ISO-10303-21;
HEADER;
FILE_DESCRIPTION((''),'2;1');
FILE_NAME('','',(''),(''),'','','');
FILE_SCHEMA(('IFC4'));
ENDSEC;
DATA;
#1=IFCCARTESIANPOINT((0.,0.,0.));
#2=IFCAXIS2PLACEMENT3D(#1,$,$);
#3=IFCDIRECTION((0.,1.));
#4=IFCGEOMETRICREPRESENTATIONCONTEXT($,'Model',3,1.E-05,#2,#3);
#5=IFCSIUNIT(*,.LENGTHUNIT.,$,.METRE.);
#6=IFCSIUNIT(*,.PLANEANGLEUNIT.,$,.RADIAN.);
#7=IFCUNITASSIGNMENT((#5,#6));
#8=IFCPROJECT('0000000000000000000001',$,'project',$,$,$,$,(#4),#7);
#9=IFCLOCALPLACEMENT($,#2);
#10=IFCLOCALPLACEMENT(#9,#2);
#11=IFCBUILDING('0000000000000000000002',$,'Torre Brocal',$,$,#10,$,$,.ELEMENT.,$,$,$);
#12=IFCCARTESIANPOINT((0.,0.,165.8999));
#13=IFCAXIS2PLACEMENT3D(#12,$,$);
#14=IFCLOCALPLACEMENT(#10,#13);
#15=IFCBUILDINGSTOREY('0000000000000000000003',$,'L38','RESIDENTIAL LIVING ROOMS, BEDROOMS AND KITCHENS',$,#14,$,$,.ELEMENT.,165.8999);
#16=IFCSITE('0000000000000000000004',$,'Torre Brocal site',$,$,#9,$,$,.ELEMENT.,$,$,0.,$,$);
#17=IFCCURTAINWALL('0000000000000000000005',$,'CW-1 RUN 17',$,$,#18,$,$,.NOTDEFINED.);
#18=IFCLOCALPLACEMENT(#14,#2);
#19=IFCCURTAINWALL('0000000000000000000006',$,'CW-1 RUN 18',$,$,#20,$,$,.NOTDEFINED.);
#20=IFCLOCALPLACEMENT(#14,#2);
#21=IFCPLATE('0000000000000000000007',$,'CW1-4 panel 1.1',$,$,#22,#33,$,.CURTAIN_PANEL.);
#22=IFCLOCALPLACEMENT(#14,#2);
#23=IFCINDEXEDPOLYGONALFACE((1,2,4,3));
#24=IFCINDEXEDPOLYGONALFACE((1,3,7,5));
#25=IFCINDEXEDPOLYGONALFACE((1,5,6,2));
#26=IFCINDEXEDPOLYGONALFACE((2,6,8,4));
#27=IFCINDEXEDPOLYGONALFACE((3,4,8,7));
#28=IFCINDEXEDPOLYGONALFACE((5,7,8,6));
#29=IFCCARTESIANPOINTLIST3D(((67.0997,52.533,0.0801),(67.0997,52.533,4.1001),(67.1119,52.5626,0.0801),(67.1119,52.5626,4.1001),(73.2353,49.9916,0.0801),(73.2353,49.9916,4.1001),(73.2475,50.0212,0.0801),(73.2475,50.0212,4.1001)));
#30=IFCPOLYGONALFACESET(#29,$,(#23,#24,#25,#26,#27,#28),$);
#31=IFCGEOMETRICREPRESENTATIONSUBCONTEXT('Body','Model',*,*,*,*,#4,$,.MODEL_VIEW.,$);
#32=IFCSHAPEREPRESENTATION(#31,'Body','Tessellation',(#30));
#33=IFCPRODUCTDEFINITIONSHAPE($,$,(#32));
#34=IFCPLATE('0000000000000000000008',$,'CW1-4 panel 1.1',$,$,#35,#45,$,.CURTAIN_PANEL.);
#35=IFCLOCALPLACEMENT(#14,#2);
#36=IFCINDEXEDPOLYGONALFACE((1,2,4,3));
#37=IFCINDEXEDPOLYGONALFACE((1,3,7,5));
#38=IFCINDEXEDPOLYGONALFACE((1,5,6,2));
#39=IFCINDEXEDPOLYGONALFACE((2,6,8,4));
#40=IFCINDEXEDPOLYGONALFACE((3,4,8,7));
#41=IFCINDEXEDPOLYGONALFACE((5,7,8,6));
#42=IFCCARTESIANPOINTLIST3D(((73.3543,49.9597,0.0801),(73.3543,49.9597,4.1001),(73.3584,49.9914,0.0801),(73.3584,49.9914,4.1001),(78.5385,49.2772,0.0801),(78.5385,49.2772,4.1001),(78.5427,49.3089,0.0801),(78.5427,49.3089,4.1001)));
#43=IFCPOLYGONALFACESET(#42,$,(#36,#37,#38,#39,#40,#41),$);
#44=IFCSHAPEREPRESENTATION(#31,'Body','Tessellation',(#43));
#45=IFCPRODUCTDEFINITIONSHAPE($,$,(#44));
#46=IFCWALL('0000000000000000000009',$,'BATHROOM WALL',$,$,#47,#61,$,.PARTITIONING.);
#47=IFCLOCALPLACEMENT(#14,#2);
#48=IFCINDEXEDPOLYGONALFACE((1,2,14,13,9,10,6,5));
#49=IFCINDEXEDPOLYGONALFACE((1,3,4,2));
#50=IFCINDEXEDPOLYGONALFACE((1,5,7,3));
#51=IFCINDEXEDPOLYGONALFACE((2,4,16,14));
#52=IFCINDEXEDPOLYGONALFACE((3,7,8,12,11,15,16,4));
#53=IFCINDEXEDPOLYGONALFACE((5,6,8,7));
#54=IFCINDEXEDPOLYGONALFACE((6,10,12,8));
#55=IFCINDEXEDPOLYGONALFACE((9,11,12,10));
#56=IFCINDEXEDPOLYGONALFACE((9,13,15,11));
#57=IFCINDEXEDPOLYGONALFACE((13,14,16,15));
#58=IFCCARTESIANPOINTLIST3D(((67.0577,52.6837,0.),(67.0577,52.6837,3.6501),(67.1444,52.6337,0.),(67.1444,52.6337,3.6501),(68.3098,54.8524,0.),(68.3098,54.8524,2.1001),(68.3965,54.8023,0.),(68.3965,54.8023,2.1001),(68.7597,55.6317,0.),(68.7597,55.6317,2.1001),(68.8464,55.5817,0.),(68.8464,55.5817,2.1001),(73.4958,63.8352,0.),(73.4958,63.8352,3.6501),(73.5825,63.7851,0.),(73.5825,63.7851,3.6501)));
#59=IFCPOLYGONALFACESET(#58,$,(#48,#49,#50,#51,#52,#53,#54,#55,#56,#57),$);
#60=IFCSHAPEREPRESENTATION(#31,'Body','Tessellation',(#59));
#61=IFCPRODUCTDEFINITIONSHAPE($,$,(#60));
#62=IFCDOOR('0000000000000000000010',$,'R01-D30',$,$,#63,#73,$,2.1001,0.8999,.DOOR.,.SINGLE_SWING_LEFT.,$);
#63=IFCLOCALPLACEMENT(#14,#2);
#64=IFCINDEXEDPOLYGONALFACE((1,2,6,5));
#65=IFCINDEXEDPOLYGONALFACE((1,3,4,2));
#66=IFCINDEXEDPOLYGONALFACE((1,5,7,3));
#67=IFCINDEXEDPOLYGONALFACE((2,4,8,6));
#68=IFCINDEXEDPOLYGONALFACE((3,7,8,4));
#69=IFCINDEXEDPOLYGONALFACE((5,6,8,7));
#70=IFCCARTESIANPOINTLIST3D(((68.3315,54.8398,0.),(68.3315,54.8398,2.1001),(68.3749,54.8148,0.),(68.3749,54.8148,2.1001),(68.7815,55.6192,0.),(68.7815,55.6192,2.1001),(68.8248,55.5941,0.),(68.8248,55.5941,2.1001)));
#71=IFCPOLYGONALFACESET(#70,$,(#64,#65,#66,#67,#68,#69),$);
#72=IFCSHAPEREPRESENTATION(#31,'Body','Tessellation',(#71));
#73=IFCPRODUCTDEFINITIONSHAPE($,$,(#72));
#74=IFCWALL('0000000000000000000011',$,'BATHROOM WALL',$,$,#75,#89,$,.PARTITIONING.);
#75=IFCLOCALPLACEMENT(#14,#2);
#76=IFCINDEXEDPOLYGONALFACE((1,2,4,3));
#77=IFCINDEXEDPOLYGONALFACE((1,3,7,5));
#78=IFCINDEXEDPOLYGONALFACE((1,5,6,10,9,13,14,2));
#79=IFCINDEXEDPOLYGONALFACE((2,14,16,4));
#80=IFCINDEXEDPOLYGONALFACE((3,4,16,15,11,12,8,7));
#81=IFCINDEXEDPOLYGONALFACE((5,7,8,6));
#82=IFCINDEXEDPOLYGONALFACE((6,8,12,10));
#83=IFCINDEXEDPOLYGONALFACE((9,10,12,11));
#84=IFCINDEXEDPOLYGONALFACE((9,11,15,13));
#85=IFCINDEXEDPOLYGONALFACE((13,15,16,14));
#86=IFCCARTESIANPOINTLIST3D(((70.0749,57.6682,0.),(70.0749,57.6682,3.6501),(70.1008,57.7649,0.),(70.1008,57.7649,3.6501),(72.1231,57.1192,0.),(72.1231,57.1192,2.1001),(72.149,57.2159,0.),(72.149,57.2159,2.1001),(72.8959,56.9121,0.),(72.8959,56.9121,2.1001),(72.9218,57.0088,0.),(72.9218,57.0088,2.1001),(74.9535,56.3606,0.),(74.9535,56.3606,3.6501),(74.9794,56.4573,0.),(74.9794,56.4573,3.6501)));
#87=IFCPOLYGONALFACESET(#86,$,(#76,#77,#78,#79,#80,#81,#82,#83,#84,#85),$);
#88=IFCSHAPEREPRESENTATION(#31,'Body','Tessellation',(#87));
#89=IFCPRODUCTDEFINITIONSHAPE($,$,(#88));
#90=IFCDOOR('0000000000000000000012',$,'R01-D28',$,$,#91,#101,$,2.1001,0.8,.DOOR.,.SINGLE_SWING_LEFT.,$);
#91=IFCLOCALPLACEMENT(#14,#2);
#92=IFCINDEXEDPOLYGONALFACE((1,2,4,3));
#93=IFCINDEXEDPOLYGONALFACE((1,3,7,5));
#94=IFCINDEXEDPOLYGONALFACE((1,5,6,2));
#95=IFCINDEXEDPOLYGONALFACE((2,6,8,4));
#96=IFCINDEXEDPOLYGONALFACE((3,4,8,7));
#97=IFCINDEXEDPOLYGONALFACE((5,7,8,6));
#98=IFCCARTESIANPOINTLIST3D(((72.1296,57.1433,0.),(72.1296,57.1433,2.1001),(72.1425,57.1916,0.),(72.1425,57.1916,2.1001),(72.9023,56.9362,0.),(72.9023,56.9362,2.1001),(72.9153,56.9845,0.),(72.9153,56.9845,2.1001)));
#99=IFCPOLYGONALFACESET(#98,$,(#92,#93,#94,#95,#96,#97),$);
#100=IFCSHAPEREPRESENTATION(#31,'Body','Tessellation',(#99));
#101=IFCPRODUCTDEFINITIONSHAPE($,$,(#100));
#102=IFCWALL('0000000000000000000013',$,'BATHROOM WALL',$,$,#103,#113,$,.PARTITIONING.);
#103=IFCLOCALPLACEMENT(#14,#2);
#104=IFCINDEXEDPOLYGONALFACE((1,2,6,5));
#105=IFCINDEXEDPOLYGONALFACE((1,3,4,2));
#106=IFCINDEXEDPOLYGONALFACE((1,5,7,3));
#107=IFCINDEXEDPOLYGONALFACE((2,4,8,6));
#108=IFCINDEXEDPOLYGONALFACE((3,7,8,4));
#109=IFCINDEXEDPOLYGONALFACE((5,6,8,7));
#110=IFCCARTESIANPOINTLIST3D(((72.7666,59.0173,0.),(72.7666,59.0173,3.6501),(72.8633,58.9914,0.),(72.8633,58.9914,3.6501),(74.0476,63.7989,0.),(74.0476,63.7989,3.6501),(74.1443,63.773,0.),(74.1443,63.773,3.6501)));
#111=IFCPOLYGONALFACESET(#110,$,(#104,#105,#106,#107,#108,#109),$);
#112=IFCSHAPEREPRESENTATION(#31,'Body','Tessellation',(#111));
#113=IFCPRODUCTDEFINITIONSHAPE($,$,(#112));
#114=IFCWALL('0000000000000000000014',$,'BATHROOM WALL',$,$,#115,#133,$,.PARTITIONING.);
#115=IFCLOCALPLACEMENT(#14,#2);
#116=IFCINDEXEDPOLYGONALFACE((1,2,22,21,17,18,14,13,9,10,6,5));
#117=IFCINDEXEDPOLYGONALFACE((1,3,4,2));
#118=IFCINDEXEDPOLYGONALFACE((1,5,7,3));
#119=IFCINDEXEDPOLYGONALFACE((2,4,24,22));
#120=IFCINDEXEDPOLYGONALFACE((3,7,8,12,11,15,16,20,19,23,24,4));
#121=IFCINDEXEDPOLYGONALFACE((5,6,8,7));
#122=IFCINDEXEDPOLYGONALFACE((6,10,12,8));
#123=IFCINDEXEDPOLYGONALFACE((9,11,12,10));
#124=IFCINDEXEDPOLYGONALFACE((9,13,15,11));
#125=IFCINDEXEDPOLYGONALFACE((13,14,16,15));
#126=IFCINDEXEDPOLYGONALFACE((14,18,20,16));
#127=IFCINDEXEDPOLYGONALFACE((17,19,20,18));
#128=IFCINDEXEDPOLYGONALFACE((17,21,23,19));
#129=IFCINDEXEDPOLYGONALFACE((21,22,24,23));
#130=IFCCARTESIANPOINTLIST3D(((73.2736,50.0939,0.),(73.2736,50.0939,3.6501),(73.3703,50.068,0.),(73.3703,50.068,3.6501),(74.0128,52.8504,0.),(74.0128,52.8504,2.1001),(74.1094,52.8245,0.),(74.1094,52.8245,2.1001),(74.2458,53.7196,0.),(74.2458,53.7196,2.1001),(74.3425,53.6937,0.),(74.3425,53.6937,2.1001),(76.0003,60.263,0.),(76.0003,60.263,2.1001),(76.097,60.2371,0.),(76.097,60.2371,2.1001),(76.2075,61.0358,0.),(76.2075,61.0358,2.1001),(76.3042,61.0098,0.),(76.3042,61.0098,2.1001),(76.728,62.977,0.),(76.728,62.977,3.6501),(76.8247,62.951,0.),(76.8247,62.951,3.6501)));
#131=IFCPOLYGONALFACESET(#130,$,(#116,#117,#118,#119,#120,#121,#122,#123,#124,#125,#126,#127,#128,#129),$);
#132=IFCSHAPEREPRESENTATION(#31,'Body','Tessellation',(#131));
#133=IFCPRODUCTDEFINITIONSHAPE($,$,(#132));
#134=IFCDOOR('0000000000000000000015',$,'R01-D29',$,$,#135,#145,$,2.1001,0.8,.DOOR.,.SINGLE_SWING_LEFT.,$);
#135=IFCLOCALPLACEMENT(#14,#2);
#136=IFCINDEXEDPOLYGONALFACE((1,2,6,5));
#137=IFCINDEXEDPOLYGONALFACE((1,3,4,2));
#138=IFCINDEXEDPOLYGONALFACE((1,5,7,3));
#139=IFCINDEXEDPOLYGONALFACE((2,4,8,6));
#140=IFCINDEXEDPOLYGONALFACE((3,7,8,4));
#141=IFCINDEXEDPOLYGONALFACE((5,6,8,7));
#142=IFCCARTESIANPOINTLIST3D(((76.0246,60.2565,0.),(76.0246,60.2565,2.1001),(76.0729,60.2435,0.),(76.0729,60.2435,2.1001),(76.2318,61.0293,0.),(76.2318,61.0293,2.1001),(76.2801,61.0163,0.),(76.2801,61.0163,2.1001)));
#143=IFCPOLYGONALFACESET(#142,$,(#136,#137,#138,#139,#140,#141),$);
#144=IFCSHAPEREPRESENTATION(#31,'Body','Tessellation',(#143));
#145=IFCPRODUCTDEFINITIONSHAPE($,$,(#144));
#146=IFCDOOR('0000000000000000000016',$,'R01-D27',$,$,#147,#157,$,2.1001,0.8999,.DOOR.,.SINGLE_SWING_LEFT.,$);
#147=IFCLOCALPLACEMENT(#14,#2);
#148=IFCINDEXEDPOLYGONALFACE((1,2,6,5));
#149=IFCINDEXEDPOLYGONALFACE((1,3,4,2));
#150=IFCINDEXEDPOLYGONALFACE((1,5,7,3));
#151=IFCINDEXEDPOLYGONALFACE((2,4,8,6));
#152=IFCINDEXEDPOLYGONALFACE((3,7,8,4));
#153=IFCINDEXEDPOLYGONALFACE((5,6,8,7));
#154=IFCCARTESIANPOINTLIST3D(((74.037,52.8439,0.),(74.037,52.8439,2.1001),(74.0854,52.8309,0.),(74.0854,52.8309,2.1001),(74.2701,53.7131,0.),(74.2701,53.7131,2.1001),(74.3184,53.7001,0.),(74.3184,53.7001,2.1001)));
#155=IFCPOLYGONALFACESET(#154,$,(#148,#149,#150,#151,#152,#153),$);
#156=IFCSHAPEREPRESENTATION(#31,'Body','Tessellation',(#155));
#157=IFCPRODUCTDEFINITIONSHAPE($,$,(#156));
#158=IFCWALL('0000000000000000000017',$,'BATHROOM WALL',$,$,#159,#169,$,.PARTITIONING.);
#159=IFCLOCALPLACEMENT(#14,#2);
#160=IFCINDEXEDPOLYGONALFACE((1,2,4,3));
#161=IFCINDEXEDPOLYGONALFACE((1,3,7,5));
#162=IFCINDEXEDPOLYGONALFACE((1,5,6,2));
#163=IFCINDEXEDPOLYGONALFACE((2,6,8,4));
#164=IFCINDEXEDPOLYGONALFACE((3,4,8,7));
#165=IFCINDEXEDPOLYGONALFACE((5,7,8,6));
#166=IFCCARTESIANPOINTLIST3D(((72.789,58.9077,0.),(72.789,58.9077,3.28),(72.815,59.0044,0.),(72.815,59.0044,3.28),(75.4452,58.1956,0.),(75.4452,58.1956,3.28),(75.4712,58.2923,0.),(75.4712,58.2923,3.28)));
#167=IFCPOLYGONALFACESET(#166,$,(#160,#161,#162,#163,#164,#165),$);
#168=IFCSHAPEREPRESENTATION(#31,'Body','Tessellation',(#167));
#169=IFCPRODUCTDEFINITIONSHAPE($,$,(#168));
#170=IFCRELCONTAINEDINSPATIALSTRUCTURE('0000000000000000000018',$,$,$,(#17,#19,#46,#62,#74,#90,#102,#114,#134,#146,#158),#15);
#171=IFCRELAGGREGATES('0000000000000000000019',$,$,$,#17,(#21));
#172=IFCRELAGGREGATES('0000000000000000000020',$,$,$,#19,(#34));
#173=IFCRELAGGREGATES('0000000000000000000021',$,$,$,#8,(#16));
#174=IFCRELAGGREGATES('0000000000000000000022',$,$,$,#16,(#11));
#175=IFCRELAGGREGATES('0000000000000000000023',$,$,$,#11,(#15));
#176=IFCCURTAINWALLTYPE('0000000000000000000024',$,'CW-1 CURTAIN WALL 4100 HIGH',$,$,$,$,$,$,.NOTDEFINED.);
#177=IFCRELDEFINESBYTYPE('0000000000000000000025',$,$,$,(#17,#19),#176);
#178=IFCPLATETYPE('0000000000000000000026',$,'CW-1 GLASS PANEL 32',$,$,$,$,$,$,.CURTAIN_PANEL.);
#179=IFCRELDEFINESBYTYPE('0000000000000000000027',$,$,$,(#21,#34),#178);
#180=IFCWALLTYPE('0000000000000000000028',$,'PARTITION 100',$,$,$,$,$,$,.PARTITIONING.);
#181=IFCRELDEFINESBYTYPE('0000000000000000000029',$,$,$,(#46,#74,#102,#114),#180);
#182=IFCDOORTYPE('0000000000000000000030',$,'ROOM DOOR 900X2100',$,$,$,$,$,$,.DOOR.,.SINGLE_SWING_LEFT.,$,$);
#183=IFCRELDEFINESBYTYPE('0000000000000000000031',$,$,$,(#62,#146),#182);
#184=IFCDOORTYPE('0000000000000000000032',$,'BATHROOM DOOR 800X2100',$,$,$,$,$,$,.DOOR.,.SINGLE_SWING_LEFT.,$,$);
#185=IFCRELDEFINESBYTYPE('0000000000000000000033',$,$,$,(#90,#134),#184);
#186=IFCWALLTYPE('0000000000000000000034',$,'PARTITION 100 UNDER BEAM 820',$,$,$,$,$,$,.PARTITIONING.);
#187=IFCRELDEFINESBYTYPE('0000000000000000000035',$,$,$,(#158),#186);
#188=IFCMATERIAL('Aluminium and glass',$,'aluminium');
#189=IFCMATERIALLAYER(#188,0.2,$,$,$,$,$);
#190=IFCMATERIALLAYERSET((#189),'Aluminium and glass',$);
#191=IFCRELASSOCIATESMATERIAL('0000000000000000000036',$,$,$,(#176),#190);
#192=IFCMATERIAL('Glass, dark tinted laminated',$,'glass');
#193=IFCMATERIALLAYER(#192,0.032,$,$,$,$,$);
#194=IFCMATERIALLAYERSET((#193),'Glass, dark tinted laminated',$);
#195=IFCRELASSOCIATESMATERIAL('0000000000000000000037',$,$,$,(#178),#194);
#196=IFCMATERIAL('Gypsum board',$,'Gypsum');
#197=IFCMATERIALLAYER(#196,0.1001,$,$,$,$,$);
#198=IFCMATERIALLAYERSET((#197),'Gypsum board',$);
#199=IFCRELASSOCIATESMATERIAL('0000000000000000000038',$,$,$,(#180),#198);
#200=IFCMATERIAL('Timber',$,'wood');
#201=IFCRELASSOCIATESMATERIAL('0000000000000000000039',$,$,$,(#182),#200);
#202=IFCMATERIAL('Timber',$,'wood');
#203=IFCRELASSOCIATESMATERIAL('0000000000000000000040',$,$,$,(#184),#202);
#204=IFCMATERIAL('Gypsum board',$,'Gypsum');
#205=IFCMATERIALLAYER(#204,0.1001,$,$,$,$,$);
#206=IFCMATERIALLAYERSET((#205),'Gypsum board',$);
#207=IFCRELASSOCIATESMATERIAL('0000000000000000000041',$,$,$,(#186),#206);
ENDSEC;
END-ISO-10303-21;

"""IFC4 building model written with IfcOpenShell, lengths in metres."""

from ifc_helpers import new_model, si_unit, direction, frame, frame_2d, origin, origin_2d, place, context, subcontext, project, spatial, rectangle, extrude, material, layer, layer_set, type_object, element, fill, aggregate, save


model = new_model("IFC4")

# Units and contexts
model_context = context("Model", 3, precision=1e-05, world=origin(), true_north=direction((0.0, 1.0)))
body_context = subcontext(model_context, "Body", "Model", "MODEL_VIEW")
ifc_project = project(units=[si_unit("LENGTHUNIT", "METRE"), si_unit("PLANEANGLEUNIT", "RADIAN")], contexts=[model_context])

# Site, building, storey
site_placement = place(None, origin())
site = spatial("IfcSite", under=ifc_project, at=site_placement, Name="Torre Brocal site", CompositionType="ELEMENT", RefElevation=0.0)
building_placement = place(site_placement, origin())
building = spatial("IfcBuilding", under=site, at=building_placement, Name="Torre Brocal", CompositionType="ELEMENT")
storey_placement = place(building_placement, frame((0.0, 0.0, 165.8999)))
storey = spatial("IfcBuildingStorey", under=building, at=storey_placement, Name="L38", Description="RESIDENTIAL LIVING ROOMS, BEDROOMS AND KITCHENS", CompositionType="ELEMENT", Elevation=165.8999)

# Shared definitions
ifc_material_1 = material(Name="Aluminium and glass", Category="aluminium")
ifc_layer_1 = layer(ifc_material_1, 0.2)
ifc_layer_set_1 = layer_set([ifc_layer_1], Name="Aluminium and glass")
curtain_wall_type = type_object("IfcCurtainWallType", Name="CW-1 CURTAIN WALL 4100 HIGH", PredefinedType="NOTDEFINED", material=ifc_layer_set_1)

# Curtain walls
curtain_wall_1_placement = place(storey_placement, origin())
curtain_wall_1 = element("IfcCurtainWall", 1, at=curtain_wall_1_placement, inside=storey, type_object=curtain_wall_type, Name="CW-1 RUN 17", PredefinedType="NOTDEFINED")
curtain_wall_2_placement = place(storey_placement, origin())
curtain_wall_2 = element("IfcCurtainWall", 2, at=curtain_wall_2_placement, inside=storey, type_object=curtain_wall_type, Name="CW-1 RUN 18", PredefinedType="NOTDEFINED")

# Plates
ifc_material_2 = material(Name="Glass, dark tinted laminated", Category="glass")
ifc_layer_2 = layer(ifc_material_2, 0.032)
ifc_layer_set_2 = layer_set([ifc_layer_2], Name="Glass, dark tinted laminated")
plate_type = type_object("IfcPlateType", Name="CW-1 GLASS PANEL 32", PredefinedType="CURTAIN_PANEL", material=ifc_layer_set_2)
plate_1_placement = place(storey_placement, frame((70.1736, 51.2771, 0.0801), z_axis=(0.0, 0.0, 1.0), x_axis=(0.92388, -0.382683, 0.0)))
plate_1 = element("IfcPlate", 3, at=plate_1_placement, type_object=plate_type, Name="CW1-4 panel 1.1", PredefinedType="CURTAIN_PANEL", context=body_context, shape_type="SweptSolid", body=[
    extrude(rectangle(XDim=6.6411, YDim=0.032, at=origin_2d()), origin(), (0.0, 0.0, 1.0), 4.02),
])
aggregate(curtain_wall_1, [plate_1])
plate_2_placement = place(storey_placement, frame((75.9485, 49.6343, 0.0801), z_axis=(0.0, 0.0, 1.0), x_axis=(0.991445, -0.130526, 0.0)))
plate_2 = element("IfcPlate", 4, at=plate_2_placement, type_object=plate_type, Name="CW1-4 panel 1.1", PredefinedType="CURTAIN_PANEL", context=body_context, shape_type="SweptSolid", body=[
    extrude(rectangle(XDim=5.229, YDim=0.032, at=origin_2d()), origin(), (0.0, 0.0, 1.0), 4.02),
])
aggregate(curtain_wall_2, [plate_2])

# Walls, openings, doors
ifc_material_3 = material(Name="Gypsum board", Category="Gypsum")
ifc_layer_3 = layer(ifc_material_3, 0.1001)
ifc_layer_set_3 = layer_set([ifc_layer_3], Name="Gypsum board")
wall_type_1 = type_object("IfcWallType", Name="PARTITION 100", PredefinedType="PARTITIONING", material=ifc_layer_set_3)
wall_1_placement = place(storey_placement, frame((67.1011, 52.6587, 0.0), z_axis=(0.0, 0.0, 1.0), x_axis=(0.499985, 0.866034, 0.0)))
wall_1 = element("IfcWall", 5, at=wall_1_placement, inside=storey, type_object=wall_type_1, Name="BATHROOM WALL", PredefinedType="PARTITIONING", context=body_context, shape_type="SweptSolid", body=[
    extrude(rectangle(XDim=12.8765, YDim=0.1001, at=frame_2d((6.4382, 0.0))), origin(), (0.0, 0.0, 1.0), 3.6501),
])
opening_1_placement = place(wall_1_placement, frame((2.5042, 0.0, 0.0)))
opening_1 = element("IfcOpeningElement", 6, at=opening_1_placement, cuts=wall_1, PredefinedType="OPENING", context=body_context, shape_type="SweptSolid", body=[
    extrude(rectangle(XDim=0.8999, YDim=2.1001, at=frame_2d((0.45, 1.05))), frame((0.0, 0.0601, 0.0), z_axis=(0.0, -1.0, 0.0), x_axis=(1.0, 0.0, 0.0)), (0.0, 0.0, 1.0), 0.1201),
])
ifc_material_4 = material(Name="Timber", Category="wood")
door_type_1 = type_object("IfcDoorType", Name="ROOM DOOR 900X2100", OperationType="SINGLE_SWING_LEFT", PredefinedType="DOOR", material=ifc_material_4)
door_1_placement = place(opening_1_placement, origin())
door_1 = element("IfcDoor", 7, at=door_1_placement, inside=storey, type_object=door_type_1, Name="R01-D30", OperationType="SINGLE_SWING_LEFT", OverallHeight=2.1001, OverallWidth=0.8999, PredefinedType="DOOR", context=body_context, shape_type="SweptSolid", body=[
    extrude(rectangle(XDim=0.8999, YDim=2.1001, at=frame_2d((0.45, 1.05))), frame((0.0, 0.0249, 0.0), z_axis=(0.0, -1.0, 0.0), x_axis=(1.0, 0.0, 0.0)), (0.0, 0.0, 1.0), 0.05),
])
fill(opening_1, door_1)
wall_2_placement = place(storey_placement, frame((70.0879, 57.7166, 0.0), z_axis=(0.0, 0.0, 1.0), x_axis=(0.965907, -0.25889, 0.0)))
wall_2 = element("IfcWall", 8, at=wall_2_placement, inside=storey, type_object=wall_type_1, Name="BATHROOM WALL", PredefinedType="PARTITIONING", context=body_context, shape_type="SweptSolid", body=[
    extrude(rectangle(XDim=5.0508, YDim=0.1001, at=frame_2d((2.5254, 0.0))), origin(), (0.0, 0.0, 1.0), 3.6501),
])
opening_2_placement = place(wall_2_placement, frame((2.1206, 0.0, 0.0)))
opening_2 = element("IfcOpeningElement", 9, at=opening_2_placement, cuts=wall_2, PredefinedType="OPENING", context=body_context, shape_type="SweptSolid", body=[
    extrude(rectangle(XDim=0.8, YDim=2.1001, at=frame_2d((0.3999, 1.05))), frame((0.0, 0.0601, 0.0), z_axis=(0.0, -1.0, 0.0), x_axis=(1.0, 0.0, 0.0)), (0.0, 0.0, 1.0), 0.1201),
])
ifc_material_5 = material(Name="Timber", Category="wood")
door_type_2 = type_object("IfcDoorType", Name="BATHROOM DOOR 800X2100", OperationType="SINGLE_SWING_LEFT", PredefinedType="DOOR", material=ifc_material_5)
door_2_placement = place(opening_2_placement, origin())
door_2 = element("IfcDoor", 10, at=door_2_placement, inside=storey, type_object=door_type_2, Name="R01-D28", OperationType="SINGLE_SWING_LEFT", OverallHeight=2.1001, OverallWidth=0.8, PredefinedType="DOOR", context=body_context, shape_type="SweptSolid", body=[
    extrude(rectangle(XDim=0.8, YDim=2.1001, at=frame_2d((0.3999, 1.05))), frame((0.0, 0.0249, 0.0), z_axis=(0.0, -1.0, 0.0), x_axis=(1.0, 0.0, 0.0)), (0.0, 0.0, 1.0), 0.05),
])
fill(opening_2, door_2)

# Wall
wall_3_placement = place(storey_placement, frame((72.8149, 59.0044, 0.0), z_axis=(0.0, 0.0, 1.0), x_axis=(0.258783, 0.965936, 0.0)))
element("IfcWall", 11, at=wall_3_placement, inside=storey, type_object=wall_type_1, Name="BATHROOM WALL", PredefinedType="PARTITIONING", context=body_context, shape_type="SweptSolid", body=[
    extrude(rectangle(XDim=4.9502, YDim=0.1001, at=frame_2d((2.4751, 0.0))), origin(), (0.0, 0.0, 1.0), 3.6501),
])

# Wall, openings, doors
wall_4_placement = place(storey_placement, frame((73.322, 50.0811, 0.0), z_axis=(0.0, 0.0, 1.0), x_axis=(0.258983, 0.965882, 0.0)))
wall_4 = element("IfcWall", 12, at=wall_4_placement, inside=storey, type_object=wall_type_1, Name="BATHROOM WALL", PredefinedType="PARTITIONING", context=body_context, shape_type="SweptSolid", body=[
    extrude(rectangle(XDim=13.3381, YDim=0.1001, at=frame_2d((6.6689, 0.0))), origin(), (0.0, 0.0, 1.0), 3.6501),
])
opening_3_placement = place(wall_4_placement, frame((2.8538, 0.0, 0.0)))
opening_3 = element("IfcOpeningElement", 13, at=opening_3_placement, cuts=wall_4, PredefinedType="OPENING", context=body_context, shape_type="SweptSolid", body=[
    extrude(rectangle(XDim=0.8999, YDim=2.1001, at=frame_2d((0.45, 1.05))), frame((0.0, 0.0601, 0.0), z_axis=(0.0, -1.0, 0.0), x_axis=(1.0, 0.0, 0.0)), (0.0, 0.0, 1.0), 0.1201),
])
opening_4_placement = place(wall_4_placement, frame((10.5283, 0.0, 0.0)))
opening_4 = element("IfcOpeningElement", 14, at=opening_4_placement, cuts=wall_4, PredefinedType="OPENING", context=body_context, shape_type="SweptSolid", body=[
    extrude(rectangle(XDim=0.8, YDim=2.1001, at=frame_2d((0.3999, 1.05))), frame((0.0, 0.0601, 0.0), z_axis=(0.0, -1.0, 0.0), x_axis=(1.0, 0.0, 0.0)), (0.0, 0.0, 1.0), 0.1201),
])
door_3_placement = place(opening_4_placement, origin())
door_3 = element("IfcDoor", 15, at=door_3_placement, inside=storey, type_object=door_type_2, Name="R01-D29", OperationType="SINGLE_SWING_LEFT", OverallHeight=2.1001, OverallWidth=0.8, PredefinedType="DOOR", context=body_context, shape_type="SweptSolid", body=[
    extrude(rectangle(XDim=0.8, YDim=2.1001, at=frame_2d((0.3999, 1.05))), frame((0.0, 0.0249, 0.0), z_axis=(0.0, -1.0, 0.0), x_axis=(1.0, 0.0, 0.0)), (0.0, 0.0, 1.0), 0.05),
])
fill(opening_4, door_3)
door_4_placement = place(opening_3_placement, origin())
door_4 = element("IfcDoor", 16, at=door_4_placement, inside=storey, type_object=door_type_1, Name="R01-D27", OperationType="SINGLE_SWING_LEFT", OverallHeight=2.1001, OverallWidth=0.8999, PredefinedType="DOOR", context=body_context, shape_type="SweptSolid", body=[
    extrude(rectangle(XDim=0.8999, YDim=2.1001, at=frame_2d((0.45, 1.05))), frame((0.0, 0.0249, 0.0), z_axis=(0.0, -1.0, 0.0), x_axis=(1.0, 0.0, 0.0)), (0.0, 0.0, 1.0), 0.05),
])
fill(opening_3, door_4)

# Wall
ifc_material_6 = material(Name="Gypsum board", Category="Gypsum")
ifc_layer_4 = layer(ifc_material_6, 0.1001)
ifc_layer_set_4 = layer_set([ifc_layer_4], Name="Gypsum board")
wall_type_2 = type_object("IfcWallType", Name="PARTITION 100 UNDER BEAM 820", PredefinedType="PARTITIONING", material=ifc_layer_set_4)
wall_5_placement = place(storey_placement, frame((72.802, 58.9561, 0.0), z_axis=(0.0, 0.0, 1.0), x_axis=(0.965888, -0.258961, 0.0)))
element("IfcWall", 17, at=wall_5_placement, inside=storey, type_object=wall_type_2, Name="BATHROOM WALL", PredefinedType="PARTITIONING", context=body_context, shape_type="SweptSolid", body=[
    extrude(rectangle(XDim=2.75, YDim=0.1001, at=frame_2d((1.375, 0.0))), origin(), (0.0, 0.0, 1.0), 3.28),
])

save(model, "model.ifc")
